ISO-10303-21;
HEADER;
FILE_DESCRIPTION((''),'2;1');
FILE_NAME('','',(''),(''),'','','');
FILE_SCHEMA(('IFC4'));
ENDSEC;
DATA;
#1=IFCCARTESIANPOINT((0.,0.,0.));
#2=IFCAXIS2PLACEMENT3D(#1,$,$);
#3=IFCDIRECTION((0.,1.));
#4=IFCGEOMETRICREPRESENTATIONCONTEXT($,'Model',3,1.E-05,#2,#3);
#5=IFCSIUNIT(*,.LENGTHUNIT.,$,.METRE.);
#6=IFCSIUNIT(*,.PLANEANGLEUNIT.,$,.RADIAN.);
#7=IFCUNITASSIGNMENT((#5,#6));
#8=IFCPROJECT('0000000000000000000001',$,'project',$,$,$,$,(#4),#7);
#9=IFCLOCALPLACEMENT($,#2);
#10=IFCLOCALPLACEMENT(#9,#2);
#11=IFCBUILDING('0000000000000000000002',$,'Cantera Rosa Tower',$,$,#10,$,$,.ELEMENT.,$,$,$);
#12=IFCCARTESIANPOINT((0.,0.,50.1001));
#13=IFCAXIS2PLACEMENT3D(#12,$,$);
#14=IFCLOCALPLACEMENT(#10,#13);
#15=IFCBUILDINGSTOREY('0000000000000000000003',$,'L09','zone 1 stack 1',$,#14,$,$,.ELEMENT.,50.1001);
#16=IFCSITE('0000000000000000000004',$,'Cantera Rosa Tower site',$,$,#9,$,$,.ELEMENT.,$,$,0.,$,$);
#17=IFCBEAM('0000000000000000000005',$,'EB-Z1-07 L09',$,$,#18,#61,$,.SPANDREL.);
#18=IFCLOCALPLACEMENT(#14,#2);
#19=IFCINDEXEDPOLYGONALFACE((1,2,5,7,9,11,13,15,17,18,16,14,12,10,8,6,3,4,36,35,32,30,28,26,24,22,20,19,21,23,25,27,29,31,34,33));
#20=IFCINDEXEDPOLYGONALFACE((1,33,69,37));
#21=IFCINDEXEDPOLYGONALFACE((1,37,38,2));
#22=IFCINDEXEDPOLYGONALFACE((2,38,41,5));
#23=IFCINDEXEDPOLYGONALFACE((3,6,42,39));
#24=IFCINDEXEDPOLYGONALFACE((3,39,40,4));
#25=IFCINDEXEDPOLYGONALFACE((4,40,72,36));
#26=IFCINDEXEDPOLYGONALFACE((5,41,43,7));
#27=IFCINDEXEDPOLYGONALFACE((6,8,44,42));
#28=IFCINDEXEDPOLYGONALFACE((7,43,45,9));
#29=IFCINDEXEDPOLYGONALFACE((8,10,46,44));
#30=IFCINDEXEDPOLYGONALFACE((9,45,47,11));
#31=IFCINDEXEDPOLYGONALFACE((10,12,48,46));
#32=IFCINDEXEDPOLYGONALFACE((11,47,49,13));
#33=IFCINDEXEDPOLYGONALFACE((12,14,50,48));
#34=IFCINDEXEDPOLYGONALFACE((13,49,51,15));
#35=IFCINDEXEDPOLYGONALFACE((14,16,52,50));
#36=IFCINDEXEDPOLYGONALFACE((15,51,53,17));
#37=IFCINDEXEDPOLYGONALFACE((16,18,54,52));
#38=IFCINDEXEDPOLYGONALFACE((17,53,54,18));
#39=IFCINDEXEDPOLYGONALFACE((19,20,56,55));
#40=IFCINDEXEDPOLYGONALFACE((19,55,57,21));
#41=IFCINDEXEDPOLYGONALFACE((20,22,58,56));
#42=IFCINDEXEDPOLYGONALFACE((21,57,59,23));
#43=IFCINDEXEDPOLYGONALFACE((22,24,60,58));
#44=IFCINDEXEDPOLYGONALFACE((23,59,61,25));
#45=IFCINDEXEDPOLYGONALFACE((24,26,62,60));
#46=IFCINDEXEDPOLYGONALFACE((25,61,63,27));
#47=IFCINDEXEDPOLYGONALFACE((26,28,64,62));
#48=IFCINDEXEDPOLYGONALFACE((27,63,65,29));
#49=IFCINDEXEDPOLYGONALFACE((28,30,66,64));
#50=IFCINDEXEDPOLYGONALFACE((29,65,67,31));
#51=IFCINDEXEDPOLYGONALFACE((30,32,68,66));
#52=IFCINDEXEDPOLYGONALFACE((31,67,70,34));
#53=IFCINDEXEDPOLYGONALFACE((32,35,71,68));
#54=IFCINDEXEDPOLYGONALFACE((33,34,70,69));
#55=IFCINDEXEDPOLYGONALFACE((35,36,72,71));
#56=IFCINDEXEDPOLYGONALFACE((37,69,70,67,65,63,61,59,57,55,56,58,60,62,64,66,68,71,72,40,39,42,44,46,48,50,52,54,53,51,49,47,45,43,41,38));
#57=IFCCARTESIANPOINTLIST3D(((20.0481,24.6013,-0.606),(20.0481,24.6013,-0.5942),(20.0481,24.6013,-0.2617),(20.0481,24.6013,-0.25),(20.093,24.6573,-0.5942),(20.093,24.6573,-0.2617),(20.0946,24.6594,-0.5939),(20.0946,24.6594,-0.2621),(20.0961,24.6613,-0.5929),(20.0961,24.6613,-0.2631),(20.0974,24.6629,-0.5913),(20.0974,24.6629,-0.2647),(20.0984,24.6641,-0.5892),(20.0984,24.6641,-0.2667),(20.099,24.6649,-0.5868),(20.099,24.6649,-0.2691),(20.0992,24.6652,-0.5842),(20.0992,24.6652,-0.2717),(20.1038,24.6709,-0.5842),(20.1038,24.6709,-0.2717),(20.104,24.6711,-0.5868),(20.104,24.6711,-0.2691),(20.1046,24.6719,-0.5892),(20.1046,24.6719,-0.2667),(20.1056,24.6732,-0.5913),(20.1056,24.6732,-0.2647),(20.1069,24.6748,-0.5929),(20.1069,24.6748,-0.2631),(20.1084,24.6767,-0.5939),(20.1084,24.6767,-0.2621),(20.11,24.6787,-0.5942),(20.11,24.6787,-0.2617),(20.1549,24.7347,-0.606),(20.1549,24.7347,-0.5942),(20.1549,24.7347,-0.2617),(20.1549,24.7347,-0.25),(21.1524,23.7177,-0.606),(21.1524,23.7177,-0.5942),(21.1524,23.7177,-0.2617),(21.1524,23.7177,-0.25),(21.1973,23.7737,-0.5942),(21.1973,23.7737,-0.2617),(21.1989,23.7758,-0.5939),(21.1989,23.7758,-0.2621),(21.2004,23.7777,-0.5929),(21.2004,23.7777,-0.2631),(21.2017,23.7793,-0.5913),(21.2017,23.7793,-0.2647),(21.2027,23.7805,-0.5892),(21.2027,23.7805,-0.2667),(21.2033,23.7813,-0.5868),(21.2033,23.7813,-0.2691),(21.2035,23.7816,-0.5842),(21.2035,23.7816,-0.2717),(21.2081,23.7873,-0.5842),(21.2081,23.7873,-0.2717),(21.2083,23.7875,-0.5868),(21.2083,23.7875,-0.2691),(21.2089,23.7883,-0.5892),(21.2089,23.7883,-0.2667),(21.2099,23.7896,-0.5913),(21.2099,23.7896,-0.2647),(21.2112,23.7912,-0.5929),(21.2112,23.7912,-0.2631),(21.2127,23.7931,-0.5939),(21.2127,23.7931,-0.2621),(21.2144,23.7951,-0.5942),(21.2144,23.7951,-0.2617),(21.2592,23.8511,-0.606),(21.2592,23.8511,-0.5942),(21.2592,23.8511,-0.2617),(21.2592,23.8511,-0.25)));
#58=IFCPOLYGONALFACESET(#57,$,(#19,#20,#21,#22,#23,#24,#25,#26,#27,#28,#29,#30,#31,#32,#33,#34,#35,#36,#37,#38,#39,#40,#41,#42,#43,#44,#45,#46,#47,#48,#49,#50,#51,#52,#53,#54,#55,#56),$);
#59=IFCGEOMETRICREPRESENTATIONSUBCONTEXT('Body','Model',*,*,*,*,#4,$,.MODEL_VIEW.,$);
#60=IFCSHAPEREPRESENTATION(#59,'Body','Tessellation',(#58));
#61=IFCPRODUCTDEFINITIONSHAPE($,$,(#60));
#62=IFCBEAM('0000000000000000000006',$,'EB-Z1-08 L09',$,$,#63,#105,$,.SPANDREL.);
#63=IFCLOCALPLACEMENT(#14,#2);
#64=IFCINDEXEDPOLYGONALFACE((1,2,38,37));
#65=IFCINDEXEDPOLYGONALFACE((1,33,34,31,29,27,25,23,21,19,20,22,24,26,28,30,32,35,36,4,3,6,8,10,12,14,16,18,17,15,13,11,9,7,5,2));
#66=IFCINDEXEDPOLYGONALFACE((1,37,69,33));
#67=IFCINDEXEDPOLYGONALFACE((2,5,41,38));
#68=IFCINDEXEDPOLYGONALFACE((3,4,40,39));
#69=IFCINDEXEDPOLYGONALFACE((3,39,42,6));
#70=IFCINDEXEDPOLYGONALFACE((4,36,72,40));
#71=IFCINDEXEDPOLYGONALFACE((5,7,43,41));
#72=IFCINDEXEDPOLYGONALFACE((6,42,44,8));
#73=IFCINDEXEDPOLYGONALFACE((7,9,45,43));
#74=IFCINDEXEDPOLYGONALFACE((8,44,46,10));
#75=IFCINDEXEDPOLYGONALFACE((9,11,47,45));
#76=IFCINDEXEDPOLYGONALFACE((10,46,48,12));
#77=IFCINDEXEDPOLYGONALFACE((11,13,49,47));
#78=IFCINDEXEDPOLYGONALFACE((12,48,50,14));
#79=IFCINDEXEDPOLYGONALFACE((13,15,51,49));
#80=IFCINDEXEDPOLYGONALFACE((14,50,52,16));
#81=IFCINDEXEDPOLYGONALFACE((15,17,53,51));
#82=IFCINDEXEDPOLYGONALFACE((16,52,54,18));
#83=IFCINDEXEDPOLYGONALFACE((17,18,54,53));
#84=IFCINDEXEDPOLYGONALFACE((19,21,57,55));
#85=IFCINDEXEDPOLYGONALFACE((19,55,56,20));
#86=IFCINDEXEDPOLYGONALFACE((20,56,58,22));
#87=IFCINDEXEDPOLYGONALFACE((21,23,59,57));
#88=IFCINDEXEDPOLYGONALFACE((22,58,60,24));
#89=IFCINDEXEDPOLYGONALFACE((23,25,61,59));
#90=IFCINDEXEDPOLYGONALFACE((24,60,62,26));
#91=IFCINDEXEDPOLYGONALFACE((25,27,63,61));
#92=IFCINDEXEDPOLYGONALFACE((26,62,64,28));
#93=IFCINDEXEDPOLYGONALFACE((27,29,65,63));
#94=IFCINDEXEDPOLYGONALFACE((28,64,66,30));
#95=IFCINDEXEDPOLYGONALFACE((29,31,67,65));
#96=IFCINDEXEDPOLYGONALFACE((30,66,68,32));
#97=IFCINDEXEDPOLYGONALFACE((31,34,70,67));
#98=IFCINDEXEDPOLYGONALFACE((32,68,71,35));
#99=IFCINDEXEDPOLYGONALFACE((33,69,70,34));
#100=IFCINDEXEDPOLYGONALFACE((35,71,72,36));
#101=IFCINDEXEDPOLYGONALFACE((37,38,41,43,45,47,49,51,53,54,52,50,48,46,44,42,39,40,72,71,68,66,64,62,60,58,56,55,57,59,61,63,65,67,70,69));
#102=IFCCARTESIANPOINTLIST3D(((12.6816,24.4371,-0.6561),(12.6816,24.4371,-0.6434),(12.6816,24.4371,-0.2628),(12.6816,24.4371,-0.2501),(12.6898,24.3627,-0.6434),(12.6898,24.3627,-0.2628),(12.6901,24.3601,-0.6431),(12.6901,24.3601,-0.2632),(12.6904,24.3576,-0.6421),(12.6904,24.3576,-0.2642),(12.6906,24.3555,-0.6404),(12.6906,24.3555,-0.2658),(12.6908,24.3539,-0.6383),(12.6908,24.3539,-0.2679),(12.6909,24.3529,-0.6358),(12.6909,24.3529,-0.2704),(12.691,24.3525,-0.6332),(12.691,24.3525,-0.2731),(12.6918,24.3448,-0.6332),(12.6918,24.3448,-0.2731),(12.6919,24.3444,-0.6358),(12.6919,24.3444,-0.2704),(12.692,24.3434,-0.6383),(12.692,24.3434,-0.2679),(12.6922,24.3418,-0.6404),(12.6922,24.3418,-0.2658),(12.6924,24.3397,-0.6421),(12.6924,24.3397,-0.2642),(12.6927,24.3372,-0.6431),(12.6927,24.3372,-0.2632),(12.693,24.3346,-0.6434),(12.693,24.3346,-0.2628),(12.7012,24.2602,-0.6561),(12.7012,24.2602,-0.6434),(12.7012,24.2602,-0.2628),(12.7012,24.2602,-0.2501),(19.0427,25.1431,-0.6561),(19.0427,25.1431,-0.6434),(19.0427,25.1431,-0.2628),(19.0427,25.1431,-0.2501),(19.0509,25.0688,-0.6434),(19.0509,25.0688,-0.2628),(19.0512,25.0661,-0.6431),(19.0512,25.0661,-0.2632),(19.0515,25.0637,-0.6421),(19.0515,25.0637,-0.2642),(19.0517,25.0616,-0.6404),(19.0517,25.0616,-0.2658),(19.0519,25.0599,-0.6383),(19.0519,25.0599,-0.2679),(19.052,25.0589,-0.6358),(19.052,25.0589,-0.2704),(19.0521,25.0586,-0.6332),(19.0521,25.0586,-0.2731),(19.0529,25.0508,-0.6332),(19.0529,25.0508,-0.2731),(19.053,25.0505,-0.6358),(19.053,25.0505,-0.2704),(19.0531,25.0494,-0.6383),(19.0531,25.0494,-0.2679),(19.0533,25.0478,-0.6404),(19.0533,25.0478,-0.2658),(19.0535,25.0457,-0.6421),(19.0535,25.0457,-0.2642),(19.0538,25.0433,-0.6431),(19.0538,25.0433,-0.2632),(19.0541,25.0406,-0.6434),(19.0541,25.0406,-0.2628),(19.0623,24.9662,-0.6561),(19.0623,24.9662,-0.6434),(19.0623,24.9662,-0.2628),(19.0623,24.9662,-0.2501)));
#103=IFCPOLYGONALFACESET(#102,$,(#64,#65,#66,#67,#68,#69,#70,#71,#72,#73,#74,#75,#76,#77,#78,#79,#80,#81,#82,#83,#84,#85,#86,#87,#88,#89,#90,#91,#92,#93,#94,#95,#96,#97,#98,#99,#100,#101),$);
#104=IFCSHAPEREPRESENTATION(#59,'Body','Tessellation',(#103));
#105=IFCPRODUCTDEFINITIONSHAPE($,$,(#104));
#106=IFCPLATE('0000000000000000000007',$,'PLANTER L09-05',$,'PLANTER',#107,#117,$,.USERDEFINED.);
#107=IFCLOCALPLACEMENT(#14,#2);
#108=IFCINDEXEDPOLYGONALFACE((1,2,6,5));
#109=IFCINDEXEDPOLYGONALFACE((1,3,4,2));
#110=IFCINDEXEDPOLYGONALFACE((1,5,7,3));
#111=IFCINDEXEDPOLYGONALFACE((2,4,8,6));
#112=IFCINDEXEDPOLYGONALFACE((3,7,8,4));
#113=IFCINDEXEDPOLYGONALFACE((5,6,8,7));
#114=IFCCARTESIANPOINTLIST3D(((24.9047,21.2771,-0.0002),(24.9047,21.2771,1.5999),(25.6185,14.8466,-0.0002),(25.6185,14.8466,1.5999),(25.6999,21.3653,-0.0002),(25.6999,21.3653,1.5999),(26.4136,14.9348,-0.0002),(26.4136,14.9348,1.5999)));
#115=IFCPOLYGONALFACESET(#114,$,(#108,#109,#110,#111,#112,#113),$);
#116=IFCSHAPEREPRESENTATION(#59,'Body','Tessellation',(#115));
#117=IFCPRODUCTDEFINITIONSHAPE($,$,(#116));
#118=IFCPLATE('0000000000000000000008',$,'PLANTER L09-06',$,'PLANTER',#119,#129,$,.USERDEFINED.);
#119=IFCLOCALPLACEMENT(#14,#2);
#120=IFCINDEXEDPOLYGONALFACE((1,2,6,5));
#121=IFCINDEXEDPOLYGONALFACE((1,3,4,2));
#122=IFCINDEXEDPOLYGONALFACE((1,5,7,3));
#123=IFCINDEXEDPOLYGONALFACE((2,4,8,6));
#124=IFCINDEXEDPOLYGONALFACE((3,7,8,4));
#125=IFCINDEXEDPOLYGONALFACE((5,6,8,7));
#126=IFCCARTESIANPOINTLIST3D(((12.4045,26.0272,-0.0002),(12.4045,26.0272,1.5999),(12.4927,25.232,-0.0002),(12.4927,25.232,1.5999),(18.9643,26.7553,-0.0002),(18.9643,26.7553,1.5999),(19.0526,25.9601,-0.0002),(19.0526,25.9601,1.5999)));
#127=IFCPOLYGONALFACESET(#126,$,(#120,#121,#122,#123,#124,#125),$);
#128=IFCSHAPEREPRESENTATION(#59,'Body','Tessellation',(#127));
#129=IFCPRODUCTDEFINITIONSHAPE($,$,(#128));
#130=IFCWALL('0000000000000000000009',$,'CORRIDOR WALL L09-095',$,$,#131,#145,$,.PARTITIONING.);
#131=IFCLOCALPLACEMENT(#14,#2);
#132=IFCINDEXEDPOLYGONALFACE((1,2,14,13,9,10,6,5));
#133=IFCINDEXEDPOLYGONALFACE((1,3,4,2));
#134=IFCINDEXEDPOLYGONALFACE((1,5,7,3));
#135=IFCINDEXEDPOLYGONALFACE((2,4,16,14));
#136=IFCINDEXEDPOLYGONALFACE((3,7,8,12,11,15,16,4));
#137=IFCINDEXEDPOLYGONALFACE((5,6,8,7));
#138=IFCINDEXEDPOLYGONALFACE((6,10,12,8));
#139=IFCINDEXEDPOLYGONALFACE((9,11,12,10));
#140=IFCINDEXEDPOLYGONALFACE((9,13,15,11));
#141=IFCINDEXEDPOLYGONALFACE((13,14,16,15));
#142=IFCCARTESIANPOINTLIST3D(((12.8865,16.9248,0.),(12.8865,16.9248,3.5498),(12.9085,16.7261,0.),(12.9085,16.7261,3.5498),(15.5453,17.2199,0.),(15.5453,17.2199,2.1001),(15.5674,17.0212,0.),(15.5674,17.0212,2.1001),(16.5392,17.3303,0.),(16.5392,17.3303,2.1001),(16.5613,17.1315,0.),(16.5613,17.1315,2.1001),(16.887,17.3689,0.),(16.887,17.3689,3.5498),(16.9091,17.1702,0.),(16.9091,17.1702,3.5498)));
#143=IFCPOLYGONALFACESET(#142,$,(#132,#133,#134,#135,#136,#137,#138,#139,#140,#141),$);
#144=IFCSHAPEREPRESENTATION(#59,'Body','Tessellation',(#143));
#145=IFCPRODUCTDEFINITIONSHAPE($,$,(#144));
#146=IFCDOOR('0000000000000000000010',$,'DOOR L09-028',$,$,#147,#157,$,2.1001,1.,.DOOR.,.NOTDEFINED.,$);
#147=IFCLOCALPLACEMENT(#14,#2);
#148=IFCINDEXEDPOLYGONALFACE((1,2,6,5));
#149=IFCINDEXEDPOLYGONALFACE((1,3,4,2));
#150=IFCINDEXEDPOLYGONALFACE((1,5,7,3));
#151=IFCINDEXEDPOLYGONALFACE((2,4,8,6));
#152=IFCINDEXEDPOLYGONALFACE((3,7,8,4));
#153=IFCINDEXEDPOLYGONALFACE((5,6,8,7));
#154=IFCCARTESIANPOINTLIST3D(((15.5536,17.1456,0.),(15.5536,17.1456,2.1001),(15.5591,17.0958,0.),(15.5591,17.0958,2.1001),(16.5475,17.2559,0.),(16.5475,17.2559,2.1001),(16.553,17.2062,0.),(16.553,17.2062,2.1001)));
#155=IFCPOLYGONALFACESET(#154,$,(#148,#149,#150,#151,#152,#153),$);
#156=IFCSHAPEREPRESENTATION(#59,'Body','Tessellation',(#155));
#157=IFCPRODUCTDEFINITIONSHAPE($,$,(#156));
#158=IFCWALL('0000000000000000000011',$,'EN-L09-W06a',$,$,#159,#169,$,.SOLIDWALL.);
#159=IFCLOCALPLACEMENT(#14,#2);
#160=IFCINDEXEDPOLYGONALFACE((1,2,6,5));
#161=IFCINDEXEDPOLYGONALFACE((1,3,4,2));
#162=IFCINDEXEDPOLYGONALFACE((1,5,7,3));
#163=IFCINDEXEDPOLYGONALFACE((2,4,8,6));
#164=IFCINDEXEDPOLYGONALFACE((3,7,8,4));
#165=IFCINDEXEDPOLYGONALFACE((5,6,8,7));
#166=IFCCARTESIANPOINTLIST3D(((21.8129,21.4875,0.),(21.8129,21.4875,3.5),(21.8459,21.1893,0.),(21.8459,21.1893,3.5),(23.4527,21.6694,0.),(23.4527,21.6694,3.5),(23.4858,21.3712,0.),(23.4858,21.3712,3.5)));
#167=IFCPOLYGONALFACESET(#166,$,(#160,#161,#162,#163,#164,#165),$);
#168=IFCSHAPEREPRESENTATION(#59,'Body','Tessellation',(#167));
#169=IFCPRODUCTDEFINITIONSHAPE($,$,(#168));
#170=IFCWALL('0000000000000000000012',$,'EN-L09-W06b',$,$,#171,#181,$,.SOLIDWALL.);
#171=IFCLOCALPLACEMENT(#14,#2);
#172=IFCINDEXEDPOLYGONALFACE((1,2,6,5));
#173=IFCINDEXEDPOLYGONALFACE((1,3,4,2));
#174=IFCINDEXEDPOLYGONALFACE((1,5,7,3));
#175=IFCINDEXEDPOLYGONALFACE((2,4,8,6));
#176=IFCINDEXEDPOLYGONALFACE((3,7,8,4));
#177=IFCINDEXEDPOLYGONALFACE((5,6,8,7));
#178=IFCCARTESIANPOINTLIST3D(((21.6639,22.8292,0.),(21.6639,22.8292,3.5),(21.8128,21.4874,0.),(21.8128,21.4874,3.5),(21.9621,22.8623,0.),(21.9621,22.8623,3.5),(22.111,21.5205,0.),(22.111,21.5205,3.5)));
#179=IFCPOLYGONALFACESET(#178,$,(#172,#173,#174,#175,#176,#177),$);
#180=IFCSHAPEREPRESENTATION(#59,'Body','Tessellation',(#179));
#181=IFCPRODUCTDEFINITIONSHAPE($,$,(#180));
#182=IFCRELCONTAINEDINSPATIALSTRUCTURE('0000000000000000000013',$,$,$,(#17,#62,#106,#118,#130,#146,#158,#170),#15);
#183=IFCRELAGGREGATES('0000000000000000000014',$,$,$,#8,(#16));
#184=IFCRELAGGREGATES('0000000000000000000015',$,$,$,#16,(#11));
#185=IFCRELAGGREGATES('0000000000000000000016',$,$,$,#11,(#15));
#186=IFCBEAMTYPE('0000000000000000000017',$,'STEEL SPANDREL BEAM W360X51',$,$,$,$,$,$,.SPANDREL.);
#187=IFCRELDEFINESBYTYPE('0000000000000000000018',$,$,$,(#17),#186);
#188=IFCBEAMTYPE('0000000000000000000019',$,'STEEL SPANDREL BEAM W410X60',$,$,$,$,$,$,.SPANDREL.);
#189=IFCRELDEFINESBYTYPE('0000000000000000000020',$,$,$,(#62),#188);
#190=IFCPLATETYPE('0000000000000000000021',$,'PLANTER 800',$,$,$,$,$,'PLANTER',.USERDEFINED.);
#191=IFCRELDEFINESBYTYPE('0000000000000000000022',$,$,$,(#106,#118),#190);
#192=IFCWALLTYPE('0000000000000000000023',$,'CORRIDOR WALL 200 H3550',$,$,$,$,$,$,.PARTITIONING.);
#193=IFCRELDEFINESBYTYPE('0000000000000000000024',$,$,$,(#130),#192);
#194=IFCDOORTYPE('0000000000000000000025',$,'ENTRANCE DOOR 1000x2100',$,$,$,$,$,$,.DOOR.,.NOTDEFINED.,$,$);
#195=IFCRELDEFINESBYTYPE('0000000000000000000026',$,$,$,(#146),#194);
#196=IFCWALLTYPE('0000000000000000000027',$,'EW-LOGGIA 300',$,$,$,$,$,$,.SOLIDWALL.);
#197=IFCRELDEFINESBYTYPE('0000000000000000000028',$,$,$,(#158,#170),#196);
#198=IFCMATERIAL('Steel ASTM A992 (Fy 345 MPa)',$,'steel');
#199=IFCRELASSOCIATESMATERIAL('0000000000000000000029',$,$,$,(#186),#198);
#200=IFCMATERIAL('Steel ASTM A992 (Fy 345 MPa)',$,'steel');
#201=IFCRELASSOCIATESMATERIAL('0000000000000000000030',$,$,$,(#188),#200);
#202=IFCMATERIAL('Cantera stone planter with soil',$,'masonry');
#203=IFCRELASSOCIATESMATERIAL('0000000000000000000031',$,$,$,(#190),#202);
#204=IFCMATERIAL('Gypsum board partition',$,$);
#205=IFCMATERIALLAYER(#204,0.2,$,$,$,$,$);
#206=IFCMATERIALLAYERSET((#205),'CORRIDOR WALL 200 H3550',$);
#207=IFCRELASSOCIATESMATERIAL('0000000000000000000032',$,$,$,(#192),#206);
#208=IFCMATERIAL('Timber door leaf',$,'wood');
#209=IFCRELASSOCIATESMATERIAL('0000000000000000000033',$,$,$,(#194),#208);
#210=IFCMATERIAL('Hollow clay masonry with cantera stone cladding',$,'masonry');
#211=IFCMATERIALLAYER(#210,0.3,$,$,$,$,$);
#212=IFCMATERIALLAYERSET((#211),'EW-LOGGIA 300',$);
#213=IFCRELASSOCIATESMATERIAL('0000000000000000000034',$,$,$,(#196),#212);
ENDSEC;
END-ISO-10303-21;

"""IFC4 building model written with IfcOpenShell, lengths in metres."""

from ifc_helpers import new_model, si_unit, direction, frame, frame_2d, origin, origin_2d, place, context, subcontext, project, spatial, rectangle, i_section, extrude, material, layer, layer_set, material_profile, profile_set, type_object, element, fill, save


model = new_model("IFC4")

# Units and contexts
model_context = context("Model", 3, precision=1e-05, world=origin(), true_north=direction((0.0, 1.0)))
body_context = subcontext(model_context, "Body", "Model", "MODEL_VIEW")
ifc_project = project(units=[si_unit("LENGTHUNIT", "METRE"), si_unit("PLANEANGLEUNIT", "RADIAN")], contexts=[model_context])

# Site, building, storey
site_placement = place(None, origin())
site = spatial("IfcSite", under=ifc_project, at=site_placement, Name="Cantera Rosa Tower site", CompositionType="ELEMENT", RefElevation=0.0)
building_placement = place(site_placement, origin())
building = spatial("IfcBuilding", under=site, at=building_placement, Name="Cantera Rosa Tower", CompositionType="ELEMENT")
storey_placement = place(building_placement, frame((0.0, 0.0, 50.1001)))
storey = spatial("IfcBuildingStorey", under=building, at=storey_placement, Name="L09", Description="zone 1 stack 1", CompositionType="ELEMENT", Elevation=50.1001)

# Beams
ifc_material_1 = material(Name="Steel ASTM A992 (Fy 345 MPa)", Category="steel")
ifc_material_profile_1 = material_profile(ifc_material_1, i_section(OverallWidth=0.1709, OverallDepth=0.356, WebThickness=0.0073, FlangeThickness=0.0117, FilletRadius=0.01, at=origin_2d()), Name="W360X51")
ifc_profile_set_1 = profile_set([ifc_material_profile_1], Name="Steel ASTM A992 (Fy 345 MPa)")
beam_type_1 = type_object("IfcBeamType", Name="STEEL SPANDREL BEAM W360X51", PredefinedType="SPANDREL", material=ifc_profile_set_1)
for number, where, z_axis, x_axis, name in (
    (1, (21.2058, 23.7844, -0.428), (-0.780818, 0.624758, 0.0), (-0.624758, -0.780818, 0.0), "EB-Z1-07 L09"),
):
    element("IfcBeam", number, at=place(storey_placement, frame(where, z_axis=z_axis, x_axis=x_axis)), inside=storey, type_object=beam_type_1, Name=name, PredefinedType="SPANDREL", context=body_context, shape_type="SweptSolid", body=[
        extrude(i_section(OverallWidth=0.1709, OverallDepth=0.356, WebThickness=0.0073, FlangeThickness=0.0117, FilletRadius=0.01, at=origin_2d()), origin(), (0.0, 0.0, 1.0), 1.4143),
    ])
ifc_material_2 = material(Name="Steel ASTM A992 (Fy 345 MPa)", Category="steel")
ifc_material_profile_2 = material_profile(ifc_material_2, i_section(OverallWidth=0.178, OverallDepth=0.406, WebThickness=0.0078, FlangeThickness=0.0127, FilletRadius=0.0103, at=origin_2d()), Name="W410X60")
ifc_profile_set_2 = profile_set([ifc_material_profile_2], Name="Steel ASTM A992 (Fy 345 MPa)")
beam_type_2 = type_object("IfcBeamType", Name="STEEL SPANDREL BEAM W410X60", PredefinedType="SPANDREL", material=ifc_profile_set_2)
beam_1_placement = place(storey_placement, frame((19.0525, 25.0547, -0.4531), z_axis=(-0.993896, -0.110318, 0.0), x_axis=(0.110318, -0.993896, 0.0)))
element("IfcBeam", 2, at=beam_1_placement, inside=storey, type_object=beam_type_2, Name="EB-Z1-08 L09", PredefinedType="SPANDREL", context=body_context, shape_type="SweptSolid", body=[
    extrude(i_section(OverallWidth=0.178, OverallDepth=0.406, WebThickness=0.0078, FlangeThickness=0.0127, FilletRadius=0.0103, at=origin_2d()), origin(), (0.0, 0.0, 1.0), 6.4001),
])

# Plates
ifc_material_3 = material(Name="Cantera stone planter with soil", Category="masonry")
plate_type = type_object("IfcPlateType", Name="PLANTER 800", ElementType="PLANTER", PredefinedType="USERDEFINED", material=ifc_material_3)
plate_1_placement = place(storey_placement, frame((25.6592, 18.106, -0.0002), z_axis=(0.0, 0.0, 1.0), x_axis=(-0.110313, 0.993897, 0.0)))
element("IfcPlate", 3, at=plate_1_placement, inside=storey, type_object=plate_type, Name="PLANTER L09-05", ObjectType="PLANTER", PredefinedType="USERDEFINED", context=body_context, shape_type="SweptSolid", body=[
    extrude(rectangle(XDim=6.47, YDim=0.8, at=origin_2d()), origin(), (0.0, 0.0, 1.0), 1.6001),
])
plate_2_placement = place(storey_placement, frame((15.7285, 25.9937, -0.0002), z_axis=(0.0, 0.0, 1.0), x_axis=(-0.993897, -0.110313, 0.0)))
element("IfcPlate", 4, at=plate_2_placement, inside=storey, type_object=plate_type, Name="PLANTER L09-06", ObjectType="PLANTER", PredefinedType="USERDEFINED", context=body_context, shape_type="SweptSolid", body=[
    extrude(rectangle(XDim=6.6001, YDim=0.8, at=origin_2d()), origin(), (0.0, 0.0, 1.0), 1.6001),
])

# Wall, opening, door
ifc_material_4 = material(Name="Gypsum board partition")
ifc_layer_1 = layer(ifc_material_4, 0.2)
ifc_layer_set_1 = layer_set([ifc_layer_1], Name="CORRIDOR WALL 200 H3550")
wall_type_1 = type_object("IfcWallType", Name="CORRIDOR WALL 200 H3550", PredefinedType="PARTITIONING", material=ifc_layer_set_1)
wall_1_placement = place(storey_placement, frame((16.8982, 17.2695, 0.0), z_axis=(0.0, 0.0, 1.0), x_axis=(-0.993895, -0.110332, 0.0)))
wall_1 = element("IfcWall", 5, at=wall_1_placement, inside=storey, type_object=wall_type_1, Name="CORRIDOR WALL L09-095", PredefinedType="PARTITIONING", context=body_context, shape_type="SweptSolid", body=[
    extrude(rectangle(XDim=4.0251, YDim=0.2, at=frame_2d((2.0127, 0.0))), origin(), (0.0, 0.0, 1.0), 3.5498),
])
opening_1_placement = place(wall_1_placement, frame((0.3501, 0.0, 0.0)))
opening_1 = element("IfcOpeningElement", 6, at=opening_1_placement, cuts=wall_1, PredefinedType="OPENING", context=body_context, shape_type="SweptSolid", body=[
    extrude(rectangle(XDim=1.0, YDim=2.1001, at=frame_2d((0.5, 1.05))), frame((0.0, 0.1099, 0.0), z_axis=(0.0, -1.0, 0.0), x_axis=(1.0, 0.0, 0.0)), (0.0, 0.0, 1.0), 0.22),
])
ifc_material_5 = material(Name="Timber door leaf", Category="wood")
door_type_1 = type_object("IfcDoorType", Name="ENTRANCE DOOR 1000x2100", OperationType="NOTDEFINED", PredefinedType="DOOR", material=ifc_material_5)
door_1_placement = place(opening_1_placement, origin())
door_1 = element("IfcDoor", 7, at=door_1_placement, inside=storey, type_object=door_type_1, Name="DOOR L09-028", OperationType="NOTDEFINED", OverallHeight=2.1001, OverallWidth=1.0, PredefinedType="DOOR", context=body_context, shape_type="SweptSolid", body=[
    extrude(rectangle(XDim=1.0, YDim=2.1001, at=frame_2d((0.5, 1.05))), frame((0.0, 0.0249, 0.0), z_axis=(0.0, -1.0, 0.0), x_axis=(1.0, 0.0, 0.0)), (0.0, 0.0, 1.0), 0.05),
])
fill(opening_1, door_1)

# Walls
ifc_material_6 = material(Name="Hollow clay masonry with cantera stone cladding", Category="masonry")
ifc_layer_2 = layer(ifc_material_6, 0.3)
ifc_layer_set_2 = layer_set([ifc_layer_2], Name="EW-LOGGIA 300")
wall_type_2 = type_object("IfcWallType", Name="EW-LOGGIA 300", PredefinedType="SOLIDWALL", material=ifc_layer_set_2)
wall_2_placement = place(storey_placement, frame((23.4692, 21.5203, 0.0), z_axis=(0.0, 0.0, 1.0), x_axis=(-0.993905, -0.110237, 0.0)))
element("IfcWall", 8, at=wall_2_placement, inside=storey, type_object=wall_type_2, Name="EN-L09-W06a", PredefinedType="SOLIDWALL", context=body_context, shape_type="SweptSolid", body=[
    extrude(rectangle(XDim=1.6499, YDim=0.3, at=frame_2d((0.825, 0.0))), origin(), (0.0, 0.0, 1.0), 3.5),
])
wall_3_placement = place(storey_placement, frame((21.9619, 21.5039, 0.0), z_axis=(0.0, 0.0, 1.0), x_axis=(-0.110312, 0.993897, 0.0)))
element("IfcWall", 9, at=wall_3_placement, inside=storey, type_object=wall_type_2, Name="EN-L09-W06b", PredefinedType="SOLIDWALL", context=body_context, shape_type="SweptSolid", body=[
    extrude(rectangle(XDim=1.3501, YDim=0.3, at=frame_2d((0.675, 0.0))), origin(), (0.0, 0.0, 1.0), 3.5),
])

save(model, "model.ifc")
